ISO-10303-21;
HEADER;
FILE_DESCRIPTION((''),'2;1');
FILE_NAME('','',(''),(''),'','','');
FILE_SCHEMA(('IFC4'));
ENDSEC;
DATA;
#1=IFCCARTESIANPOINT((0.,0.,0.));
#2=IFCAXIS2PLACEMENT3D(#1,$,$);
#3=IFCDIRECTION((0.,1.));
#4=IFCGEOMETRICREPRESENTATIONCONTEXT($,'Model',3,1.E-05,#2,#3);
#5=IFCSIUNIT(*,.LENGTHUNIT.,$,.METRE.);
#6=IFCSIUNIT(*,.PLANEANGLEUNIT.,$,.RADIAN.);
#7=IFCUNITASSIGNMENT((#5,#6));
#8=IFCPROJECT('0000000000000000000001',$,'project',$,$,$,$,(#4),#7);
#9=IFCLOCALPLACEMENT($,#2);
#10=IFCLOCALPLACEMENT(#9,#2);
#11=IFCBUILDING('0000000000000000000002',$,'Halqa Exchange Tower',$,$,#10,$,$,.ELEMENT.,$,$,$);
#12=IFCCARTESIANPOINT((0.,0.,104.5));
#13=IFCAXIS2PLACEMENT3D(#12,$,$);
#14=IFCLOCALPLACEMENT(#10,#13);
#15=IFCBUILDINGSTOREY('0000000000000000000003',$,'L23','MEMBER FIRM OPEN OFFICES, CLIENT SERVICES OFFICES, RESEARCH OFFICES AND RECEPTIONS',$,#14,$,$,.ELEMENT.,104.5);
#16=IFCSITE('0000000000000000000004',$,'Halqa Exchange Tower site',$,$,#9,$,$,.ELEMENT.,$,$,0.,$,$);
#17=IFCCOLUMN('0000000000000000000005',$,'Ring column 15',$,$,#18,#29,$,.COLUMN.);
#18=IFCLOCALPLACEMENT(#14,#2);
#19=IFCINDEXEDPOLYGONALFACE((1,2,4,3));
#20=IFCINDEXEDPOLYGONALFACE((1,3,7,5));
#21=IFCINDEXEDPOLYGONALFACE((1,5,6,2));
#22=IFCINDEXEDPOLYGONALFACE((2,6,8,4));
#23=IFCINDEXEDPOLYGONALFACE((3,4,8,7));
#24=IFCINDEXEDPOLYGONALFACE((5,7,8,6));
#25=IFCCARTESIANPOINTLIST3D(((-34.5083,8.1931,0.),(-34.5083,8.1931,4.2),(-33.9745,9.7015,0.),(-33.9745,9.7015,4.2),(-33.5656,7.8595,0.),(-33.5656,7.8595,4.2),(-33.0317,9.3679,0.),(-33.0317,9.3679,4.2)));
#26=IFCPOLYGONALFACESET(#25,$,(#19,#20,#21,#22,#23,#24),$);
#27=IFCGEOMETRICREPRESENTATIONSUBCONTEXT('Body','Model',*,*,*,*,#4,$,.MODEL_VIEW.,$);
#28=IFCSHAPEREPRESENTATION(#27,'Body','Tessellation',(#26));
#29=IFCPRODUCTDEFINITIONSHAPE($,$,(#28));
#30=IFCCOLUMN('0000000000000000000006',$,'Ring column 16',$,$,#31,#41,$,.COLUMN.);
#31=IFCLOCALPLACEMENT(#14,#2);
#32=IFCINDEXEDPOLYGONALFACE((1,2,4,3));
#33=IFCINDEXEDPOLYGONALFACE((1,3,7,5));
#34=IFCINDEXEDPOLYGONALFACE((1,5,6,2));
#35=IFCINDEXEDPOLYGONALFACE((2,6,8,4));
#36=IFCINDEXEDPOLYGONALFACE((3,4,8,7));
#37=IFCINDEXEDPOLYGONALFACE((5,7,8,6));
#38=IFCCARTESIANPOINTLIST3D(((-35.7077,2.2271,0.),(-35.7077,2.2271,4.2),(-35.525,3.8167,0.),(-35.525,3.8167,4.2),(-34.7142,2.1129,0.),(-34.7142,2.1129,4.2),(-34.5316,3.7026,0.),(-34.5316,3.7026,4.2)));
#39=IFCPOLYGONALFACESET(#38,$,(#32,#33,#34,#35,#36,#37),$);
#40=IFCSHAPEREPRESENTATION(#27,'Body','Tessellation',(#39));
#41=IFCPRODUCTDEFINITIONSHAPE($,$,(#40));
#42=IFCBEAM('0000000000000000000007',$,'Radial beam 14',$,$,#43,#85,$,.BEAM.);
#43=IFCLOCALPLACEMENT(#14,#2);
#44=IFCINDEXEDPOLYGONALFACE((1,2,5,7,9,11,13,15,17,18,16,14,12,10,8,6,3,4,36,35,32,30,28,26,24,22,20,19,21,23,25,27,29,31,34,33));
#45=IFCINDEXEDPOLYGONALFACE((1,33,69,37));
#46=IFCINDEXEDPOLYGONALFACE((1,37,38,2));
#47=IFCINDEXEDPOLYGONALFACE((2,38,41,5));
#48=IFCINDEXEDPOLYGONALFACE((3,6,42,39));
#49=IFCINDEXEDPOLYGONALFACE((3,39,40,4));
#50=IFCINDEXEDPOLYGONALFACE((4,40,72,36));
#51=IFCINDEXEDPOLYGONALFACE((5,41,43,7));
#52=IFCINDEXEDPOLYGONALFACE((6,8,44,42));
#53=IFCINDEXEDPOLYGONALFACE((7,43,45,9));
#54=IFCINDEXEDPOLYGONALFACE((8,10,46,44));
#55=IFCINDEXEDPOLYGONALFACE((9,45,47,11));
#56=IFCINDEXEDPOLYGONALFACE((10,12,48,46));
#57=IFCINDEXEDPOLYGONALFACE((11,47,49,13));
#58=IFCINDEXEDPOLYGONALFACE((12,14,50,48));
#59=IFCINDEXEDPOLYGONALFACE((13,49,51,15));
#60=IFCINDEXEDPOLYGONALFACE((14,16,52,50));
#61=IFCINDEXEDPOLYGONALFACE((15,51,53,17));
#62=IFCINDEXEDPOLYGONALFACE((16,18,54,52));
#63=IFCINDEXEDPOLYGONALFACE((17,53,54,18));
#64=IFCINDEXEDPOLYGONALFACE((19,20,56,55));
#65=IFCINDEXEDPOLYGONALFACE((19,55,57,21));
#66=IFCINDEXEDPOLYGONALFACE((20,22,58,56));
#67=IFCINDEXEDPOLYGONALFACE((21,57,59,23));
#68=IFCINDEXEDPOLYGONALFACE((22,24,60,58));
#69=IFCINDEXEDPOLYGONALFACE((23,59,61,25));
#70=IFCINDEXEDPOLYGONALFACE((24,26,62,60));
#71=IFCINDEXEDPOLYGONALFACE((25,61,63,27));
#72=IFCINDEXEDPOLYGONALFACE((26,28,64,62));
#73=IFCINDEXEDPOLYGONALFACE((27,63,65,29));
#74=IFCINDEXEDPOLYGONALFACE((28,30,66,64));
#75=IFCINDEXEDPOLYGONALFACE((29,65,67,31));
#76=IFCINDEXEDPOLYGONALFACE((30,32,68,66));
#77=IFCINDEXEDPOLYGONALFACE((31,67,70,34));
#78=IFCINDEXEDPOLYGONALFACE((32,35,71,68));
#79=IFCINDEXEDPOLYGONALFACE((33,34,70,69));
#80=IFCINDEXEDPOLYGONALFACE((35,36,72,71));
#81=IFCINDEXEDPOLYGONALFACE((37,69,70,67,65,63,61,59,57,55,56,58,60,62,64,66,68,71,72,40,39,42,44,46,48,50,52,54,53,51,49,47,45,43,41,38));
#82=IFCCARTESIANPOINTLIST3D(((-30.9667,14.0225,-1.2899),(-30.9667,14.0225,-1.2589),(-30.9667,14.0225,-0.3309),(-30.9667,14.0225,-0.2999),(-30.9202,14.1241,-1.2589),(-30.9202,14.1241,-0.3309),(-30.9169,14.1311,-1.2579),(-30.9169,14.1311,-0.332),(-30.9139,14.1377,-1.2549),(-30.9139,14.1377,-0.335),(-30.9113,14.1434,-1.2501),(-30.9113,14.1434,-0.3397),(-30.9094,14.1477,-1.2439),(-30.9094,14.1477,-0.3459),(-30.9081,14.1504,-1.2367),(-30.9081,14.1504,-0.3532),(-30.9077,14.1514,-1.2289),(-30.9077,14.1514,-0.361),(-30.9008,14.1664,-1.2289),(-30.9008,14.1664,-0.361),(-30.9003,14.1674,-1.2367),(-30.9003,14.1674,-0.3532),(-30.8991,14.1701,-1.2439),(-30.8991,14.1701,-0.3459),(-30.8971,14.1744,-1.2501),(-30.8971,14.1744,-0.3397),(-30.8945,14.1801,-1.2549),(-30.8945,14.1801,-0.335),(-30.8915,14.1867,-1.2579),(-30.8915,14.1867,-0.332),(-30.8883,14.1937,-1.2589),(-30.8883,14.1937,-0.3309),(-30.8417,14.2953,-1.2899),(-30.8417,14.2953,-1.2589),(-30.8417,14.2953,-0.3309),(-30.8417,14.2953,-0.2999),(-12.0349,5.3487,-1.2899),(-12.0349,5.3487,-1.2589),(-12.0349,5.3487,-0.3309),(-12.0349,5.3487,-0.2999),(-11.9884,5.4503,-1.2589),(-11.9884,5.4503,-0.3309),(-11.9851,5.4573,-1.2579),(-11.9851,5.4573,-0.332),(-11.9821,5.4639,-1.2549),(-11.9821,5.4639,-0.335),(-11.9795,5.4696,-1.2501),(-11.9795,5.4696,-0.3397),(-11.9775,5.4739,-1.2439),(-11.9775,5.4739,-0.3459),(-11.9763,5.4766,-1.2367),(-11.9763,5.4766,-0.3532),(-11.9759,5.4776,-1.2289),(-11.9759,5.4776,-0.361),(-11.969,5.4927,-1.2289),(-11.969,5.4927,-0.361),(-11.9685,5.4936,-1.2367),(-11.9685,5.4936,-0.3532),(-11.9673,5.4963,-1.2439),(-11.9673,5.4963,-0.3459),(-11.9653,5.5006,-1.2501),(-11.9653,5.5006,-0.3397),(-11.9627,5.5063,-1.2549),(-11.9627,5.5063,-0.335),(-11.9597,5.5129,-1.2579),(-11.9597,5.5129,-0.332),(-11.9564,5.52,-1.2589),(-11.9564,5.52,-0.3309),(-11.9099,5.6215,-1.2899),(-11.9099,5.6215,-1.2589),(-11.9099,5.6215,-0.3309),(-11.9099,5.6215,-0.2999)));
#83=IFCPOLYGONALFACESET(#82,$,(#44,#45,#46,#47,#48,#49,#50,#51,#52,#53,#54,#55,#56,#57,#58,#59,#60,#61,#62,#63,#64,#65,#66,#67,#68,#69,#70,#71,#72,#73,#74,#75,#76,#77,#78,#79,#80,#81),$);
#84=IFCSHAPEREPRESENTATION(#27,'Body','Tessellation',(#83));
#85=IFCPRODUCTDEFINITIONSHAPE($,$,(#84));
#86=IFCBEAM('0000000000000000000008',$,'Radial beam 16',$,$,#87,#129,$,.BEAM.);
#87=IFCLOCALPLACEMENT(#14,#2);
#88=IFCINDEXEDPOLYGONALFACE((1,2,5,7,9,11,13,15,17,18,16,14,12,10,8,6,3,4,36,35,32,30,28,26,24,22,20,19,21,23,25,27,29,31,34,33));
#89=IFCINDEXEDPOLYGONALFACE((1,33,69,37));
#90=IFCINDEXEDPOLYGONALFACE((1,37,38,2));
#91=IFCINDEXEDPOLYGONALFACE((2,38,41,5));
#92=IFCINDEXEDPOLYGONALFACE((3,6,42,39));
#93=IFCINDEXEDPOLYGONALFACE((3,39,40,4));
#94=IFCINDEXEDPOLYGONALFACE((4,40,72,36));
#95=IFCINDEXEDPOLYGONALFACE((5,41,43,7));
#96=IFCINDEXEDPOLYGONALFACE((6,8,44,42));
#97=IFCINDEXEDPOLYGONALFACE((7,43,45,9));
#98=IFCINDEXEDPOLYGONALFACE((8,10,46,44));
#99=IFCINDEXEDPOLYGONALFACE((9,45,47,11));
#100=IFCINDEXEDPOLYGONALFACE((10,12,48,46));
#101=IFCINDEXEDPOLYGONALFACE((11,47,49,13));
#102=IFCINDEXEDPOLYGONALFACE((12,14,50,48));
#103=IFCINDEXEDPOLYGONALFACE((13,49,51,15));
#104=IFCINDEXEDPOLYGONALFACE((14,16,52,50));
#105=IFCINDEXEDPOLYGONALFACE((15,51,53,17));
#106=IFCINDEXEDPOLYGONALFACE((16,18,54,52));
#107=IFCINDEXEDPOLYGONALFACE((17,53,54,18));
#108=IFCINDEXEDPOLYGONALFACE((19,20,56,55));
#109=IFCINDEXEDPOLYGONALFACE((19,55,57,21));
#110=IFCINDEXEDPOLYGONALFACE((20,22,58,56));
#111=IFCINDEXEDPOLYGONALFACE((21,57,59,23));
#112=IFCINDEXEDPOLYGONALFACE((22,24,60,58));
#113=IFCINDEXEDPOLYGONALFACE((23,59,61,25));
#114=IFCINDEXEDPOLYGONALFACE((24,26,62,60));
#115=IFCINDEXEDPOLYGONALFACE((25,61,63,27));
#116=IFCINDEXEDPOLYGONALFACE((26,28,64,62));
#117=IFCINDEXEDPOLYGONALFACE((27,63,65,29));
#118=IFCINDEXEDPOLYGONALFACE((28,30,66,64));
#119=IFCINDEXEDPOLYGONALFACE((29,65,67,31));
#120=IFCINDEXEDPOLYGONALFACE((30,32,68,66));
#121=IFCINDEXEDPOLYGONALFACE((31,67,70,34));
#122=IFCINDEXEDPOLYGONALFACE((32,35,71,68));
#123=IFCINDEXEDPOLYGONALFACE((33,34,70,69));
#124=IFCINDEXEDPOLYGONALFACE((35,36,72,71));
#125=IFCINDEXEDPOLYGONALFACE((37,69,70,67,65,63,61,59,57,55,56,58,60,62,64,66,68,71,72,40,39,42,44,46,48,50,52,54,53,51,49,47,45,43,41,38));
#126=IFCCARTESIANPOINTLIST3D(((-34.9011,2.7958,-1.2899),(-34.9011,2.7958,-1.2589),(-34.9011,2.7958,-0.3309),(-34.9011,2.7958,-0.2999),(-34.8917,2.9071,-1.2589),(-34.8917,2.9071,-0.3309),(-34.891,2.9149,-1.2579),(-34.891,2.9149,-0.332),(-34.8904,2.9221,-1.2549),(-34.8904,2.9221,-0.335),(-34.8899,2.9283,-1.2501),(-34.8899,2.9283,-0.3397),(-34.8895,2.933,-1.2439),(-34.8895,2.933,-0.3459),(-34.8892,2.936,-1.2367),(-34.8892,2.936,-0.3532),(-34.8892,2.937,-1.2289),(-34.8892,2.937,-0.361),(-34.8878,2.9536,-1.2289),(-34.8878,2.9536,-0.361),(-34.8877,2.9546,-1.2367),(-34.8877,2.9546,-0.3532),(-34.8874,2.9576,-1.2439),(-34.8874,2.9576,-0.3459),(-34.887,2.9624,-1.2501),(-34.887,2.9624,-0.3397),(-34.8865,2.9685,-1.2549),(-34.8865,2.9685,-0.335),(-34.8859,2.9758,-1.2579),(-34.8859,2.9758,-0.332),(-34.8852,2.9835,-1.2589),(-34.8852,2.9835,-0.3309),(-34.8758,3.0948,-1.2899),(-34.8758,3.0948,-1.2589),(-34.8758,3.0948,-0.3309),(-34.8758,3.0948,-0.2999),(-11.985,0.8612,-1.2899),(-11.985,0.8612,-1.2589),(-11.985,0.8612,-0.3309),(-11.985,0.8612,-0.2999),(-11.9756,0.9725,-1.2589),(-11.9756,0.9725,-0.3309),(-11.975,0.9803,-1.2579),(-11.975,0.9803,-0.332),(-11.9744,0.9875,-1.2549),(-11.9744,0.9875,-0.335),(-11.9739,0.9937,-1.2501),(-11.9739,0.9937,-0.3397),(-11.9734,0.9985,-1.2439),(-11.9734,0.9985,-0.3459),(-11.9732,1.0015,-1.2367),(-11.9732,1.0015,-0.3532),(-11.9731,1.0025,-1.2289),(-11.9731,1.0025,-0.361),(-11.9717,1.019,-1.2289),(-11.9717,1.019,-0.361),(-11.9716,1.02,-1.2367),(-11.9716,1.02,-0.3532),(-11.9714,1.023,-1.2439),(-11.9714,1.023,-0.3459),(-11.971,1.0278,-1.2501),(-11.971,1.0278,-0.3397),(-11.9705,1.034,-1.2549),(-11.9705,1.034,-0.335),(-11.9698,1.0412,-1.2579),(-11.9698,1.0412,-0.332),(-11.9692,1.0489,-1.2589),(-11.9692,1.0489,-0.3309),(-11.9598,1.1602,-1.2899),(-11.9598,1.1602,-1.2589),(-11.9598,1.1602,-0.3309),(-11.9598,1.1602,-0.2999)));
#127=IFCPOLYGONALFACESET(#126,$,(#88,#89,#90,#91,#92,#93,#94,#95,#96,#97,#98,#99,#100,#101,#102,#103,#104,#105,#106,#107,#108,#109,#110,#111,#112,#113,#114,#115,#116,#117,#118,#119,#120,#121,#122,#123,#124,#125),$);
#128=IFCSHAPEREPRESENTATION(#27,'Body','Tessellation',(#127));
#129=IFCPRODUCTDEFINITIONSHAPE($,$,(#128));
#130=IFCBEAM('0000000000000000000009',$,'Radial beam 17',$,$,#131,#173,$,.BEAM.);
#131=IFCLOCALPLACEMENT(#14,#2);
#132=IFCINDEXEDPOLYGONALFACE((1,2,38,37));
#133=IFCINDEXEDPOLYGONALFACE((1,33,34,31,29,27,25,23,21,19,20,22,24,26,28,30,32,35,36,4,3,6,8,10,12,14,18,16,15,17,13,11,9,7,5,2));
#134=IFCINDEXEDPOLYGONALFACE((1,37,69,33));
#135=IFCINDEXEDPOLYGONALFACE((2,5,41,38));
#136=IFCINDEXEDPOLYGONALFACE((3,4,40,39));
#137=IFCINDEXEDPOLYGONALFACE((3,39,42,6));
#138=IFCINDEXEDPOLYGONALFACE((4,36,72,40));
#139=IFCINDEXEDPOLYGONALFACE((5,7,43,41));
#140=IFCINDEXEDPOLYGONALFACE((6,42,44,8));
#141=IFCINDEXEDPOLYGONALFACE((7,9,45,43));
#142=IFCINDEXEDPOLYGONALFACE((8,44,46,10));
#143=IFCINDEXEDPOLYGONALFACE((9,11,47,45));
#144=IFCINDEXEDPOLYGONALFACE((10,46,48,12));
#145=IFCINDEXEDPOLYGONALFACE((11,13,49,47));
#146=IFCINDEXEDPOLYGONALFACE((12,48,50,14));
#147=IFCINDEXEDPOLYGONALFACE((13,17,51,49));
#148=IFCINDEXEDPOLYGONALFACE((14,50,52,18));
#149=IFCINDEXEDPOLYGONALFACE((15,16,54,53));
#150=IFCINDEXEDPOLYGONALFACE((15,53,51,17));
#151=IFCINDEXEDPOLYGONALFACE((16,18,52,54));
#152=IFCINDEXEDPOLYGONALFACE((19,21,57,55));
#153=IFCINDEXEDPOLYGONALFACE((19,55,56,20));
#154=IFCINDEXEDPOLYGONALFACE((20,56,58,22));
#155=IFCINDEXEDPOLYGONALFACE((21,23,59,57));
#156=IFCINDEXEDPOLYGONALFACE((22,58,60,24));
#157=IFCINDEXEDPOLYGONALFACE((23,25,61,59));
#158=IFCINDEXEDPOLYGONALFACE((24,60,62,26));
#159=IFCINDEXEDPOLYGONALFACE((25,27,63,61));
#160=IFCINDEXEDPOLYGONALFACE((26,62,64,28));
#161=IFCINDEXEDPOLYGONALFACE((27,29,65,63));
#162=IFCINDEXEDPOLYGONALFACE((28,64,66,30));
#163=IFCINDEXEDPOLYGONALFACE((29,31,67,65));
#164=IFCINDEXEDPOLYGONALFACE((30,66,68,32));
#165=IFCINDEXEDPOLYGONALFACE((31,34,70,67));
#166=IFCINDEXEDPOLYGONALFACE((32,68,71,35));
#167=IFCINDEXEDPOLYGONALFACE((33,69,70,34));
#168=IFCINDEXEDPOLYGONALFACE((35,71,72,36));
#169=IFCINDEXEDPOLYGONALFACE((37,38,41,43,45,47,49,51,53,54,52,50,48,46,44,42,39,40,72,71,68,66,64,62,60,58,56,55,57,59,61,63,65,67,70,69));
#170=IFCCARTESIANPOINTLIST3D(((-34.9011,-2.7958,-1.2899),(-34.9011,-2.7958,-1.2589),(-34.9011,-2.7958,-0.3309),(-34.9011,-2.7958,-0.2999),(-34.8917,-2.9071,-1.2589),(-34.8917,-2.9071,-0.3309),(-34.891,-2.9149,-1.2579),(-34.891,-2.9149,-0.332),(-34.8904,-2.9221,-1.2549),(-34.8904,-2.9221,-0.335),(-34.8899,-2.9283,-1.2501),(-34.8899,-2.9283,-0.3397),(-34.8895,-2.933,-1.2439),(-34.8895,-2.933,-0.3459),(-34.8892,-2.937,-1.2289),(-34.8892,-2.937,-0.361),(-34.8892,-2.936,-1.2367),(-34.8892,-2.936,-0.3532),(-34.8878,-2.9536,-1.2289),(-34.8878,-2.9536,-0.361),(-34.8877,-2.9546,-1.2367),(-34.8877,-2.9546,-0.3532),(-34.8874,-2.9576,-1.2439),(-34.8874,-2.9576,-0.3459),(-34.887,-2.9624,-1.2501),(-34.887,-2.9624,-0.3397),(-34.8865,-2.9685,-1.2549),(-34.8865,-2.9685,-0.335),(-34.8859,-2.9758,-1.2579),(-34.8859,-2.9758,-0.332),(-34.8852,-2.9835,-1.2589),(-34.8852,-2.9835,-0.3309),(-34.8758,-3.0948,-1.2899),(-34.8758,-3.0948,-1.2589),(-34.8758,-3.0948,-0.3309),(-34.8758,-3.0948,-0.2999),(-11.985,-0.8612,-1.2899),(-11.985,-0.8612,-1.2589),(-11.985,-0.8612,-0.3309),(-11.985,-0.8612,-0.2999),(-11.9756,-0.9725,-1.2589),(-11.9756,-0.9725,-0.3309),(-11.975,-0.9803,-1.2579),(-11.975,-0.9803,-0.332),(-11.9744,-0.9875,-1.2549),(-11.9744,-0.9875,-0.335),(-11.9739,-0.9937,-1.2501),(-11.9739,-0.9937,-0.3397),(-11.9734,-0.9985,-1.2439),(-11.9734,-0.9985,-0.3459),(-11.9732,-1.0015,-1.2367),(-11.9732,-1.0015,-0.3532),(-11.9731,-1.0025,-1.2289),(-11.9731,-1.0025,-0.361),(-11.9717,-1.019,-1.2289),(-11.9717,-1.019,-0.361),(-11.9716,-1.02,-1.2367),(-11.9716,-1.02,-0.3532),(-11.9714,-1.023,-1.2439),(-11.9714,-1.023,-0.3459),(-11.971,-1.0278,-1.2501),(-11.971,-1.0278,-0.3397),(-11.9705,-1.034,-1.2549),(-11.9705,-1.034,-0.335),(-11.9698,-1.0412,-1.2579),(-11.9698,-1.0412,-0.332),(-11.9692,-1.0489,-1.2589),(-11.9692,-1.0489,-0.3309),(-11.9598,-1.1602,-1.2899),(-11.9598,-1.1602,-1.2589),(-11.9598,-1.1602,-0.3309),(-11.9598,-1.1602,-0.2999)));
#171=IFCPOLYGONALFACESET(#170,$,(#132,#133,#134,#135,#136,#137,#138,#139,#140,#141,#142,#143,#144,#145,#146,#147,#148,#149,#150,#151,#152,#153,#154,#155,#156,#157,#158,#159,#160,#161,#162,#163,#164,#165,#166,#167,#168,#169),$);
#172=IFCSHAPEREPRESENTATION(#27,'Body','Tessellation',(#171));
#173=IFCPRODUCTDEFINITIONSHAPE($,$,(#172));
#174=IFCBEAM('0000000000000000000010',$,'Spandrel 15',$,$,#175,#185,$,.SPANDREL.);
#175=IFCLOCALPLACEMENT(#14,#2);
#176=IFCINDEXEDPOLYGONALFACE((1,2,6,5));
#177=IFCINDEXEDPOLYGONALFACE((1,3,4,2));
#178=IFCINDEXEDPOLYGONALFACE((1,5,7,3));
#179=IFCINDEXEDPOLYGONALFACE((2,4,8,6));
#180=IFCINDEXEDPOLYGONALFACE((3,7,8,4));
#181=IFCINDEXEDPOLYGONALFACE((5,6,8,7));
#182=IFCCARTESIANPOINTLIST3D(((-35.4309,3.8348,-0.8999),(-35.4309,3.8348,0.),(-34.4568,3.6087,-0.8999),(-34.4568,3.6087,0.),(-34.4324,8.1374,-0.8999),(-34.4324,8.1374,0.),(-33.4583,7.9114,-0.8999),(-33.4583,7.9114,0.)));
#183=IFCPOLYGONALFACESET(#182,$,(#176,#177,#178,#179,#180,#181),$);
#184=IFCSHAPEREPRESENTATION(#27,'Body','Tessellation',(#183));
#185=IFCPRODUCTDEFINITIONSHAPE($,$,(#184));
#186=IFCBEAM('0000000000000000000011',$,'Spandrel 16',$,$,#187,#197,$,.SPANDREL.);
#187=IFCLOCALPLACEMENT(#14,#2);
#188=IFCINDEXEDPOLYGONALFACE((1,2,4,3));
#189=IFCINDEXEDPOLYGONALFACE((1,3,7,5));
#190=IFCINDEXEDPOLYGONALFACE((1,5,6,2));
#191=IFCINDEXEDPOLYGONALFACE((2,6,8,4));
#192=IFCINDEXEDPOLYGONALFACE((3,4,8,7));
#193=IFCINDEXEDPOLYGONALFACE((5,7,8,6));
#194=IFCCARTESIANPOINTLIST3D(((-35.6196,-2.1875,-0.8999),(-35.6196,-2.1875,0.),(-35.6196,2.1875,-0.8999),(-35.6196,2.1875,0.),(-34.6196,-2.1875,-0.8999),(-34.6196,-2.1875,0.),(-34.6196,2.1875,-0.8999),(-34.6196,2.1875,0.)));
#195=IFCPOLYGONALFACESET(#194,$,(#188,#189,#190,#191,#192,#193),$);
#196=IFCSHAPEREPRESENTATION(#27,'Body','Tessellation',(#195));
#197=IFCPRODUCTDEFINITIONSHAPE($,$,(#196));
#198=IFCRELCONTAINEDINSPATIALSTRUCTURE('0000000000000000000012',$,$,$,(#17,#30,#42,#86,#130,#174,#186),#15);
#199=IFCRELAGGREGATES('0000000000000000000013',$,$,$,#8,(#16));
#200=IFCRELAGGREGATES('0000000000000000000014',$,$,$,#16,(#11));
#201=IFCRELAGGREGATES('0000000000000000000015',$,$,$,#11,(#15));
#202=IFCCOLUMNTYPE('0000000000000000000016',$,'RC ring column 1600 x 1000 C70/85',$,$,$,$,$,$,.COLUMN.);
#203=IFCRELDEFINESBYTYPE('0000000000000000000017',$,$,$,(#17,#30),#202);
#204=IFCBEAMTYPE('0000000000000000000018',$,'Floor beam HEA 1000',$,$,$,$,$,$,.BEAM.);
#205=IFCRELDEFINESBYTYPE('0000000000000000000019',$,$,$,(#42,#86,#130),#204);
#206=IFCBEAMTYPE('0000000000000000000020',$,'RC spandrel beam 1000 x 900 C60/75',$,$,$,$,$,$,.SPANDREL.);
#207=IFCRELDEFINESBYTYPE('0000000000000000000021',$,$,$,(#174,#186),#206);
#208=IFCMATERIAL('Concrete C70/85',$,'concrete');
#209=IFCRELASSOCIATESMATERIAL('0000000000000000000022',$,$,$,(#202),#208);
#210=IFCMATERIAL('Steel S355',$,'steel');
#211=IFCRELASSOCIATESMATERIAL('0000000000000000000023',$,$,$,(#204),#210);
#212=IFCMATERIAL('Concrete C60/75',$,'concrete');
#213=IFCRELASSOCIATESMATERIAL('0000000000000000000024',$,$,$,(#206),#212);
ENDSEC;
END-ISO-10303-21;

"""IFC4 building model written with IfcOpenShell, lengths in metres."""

from ifc_helpers import new_model, si_unit, direction, frame, origin, origin_2d, place, context, subcontext, project, spatial, rectangle, i_section, extrude, material, material_profile, profile_set, type_object, element, save


model = new_model("IFC4")

# Units and contexts
model_context = context("Model", 3, precision=1e-05, world=origin(), true_north=direction((0.0, 1.0)))
body_context = subcontext(model_context, "Body", "Model", "MODEL_VIEW")
ifc_project = project(units=[si_unit("LENGTHUNIT", "METRE"), si_unit("PLANEANGLEUNIT", "RADIAN")], contexts=[model_context])

# Site, building, storey
site_placement = place(None, origin())
site = spatial("IfcSite", under=ifc_project, at=site_placement, Name="Halqa Exchange Tower site", CompositionType="ELEMENT", RefElevation=0.0)
building_placement = place(site_placement, origin())
building = spatial("IfcBuilding", under=site, at=building_placement, Name="Halqa Exchange Tower", CompositionType="ELEMENT")
storey_placement = place(building_placement, frame((0.0, 0.0, 104.5)))
storey = spatial("IfcBuildingStorey", under=building, at=storey_placement, Name="L23", Description="MEMBER FIRM OPEN OFFICES, CLIENT SERVICES OFFICES, RESEARCH OFFICES AND RECEPTIONS", CompositionType="ELEMENT", Elevation=104.5)

# Columns
ifc_material_1 = material(Name="Concrete C70/85", Category="concrete")
ifc_material_profile_1 = material_profile(ifc_material_1, rectangle(XDim=1.6001, YDim=1.0, at=origin_2d()), Name="1600 x 1000")
ifc_profile_set_1 = profile_set([ifc_material_profile_1], Name="Concrete C70/85")
column_type = type_object("IfcColumnType", Name="RC ring column 1600 x 1000 C70/85", PredefinedType="COLUMN", material=ifc_profile_set_1)
for number, where, z_axis, x_axis, name in (
    (1, (-33.77, 8.7805, 0.0), (0.0, 0.0, 1.0), (-0.333626, -0.942706, 0.0), "Ring column 15"),
    (2, (-35.1196, 2.9648, 0.0), (0.0, 0.0, 1.0), (-0.114162, -0.993462, 0.0), "Ring column 16"),
):
    element("IfcColumn", number, at=place(storey_placement, frame(where, z_axis=z_axis, x_axis=x_axis)), inside=storey, type_object=column_type, Name=name, PredefinedType="COLUMN", context=body_context, shape_type="SweptSolid", body=[
        extrude(rectangle(XDim=1.6001, YDim=1.0, at=origin_2d()), origin(), (0.0, 0.0, 1.0), 4.2),
    ])

# Beams
ifc_material_2 = material(Name="Steel S355", Category="steel")
ifc_material_profile_2 = material_profile(ifc_material_2, i_section(OverallWidth=0.3, OverallDepth=0.99, WebThickness=0.0166, FlangeThickness=0.031, FilletRadius=0.03, at=origin_2d()), Name="HEA 1000")
ifc_profile_set_2 = profile_set([ifc_material_profile_2], Name="Steel S355")
beam_type_1 = type_object("IfcBeamType", Name="Floor beam HEA 1000", PredefinedType="BEAM", material=ifc_profile_set_2)
beam_1_placement = place(storey_placement, frame((-11.9724, 5.4851, -0.7949), z_axis=(-0.909125, 0.416524, 0.0), x_axis=(-0.416524, -0.909125, 0.0)))
element("IfcBeam", 3, at=beam_1_placement, inside=storey, type_object=beam_type_1, Name="Radial beam 14", PredefinedType="BEAM", context=body_context, shape_type="SweptSolid", body=[
    extrude(i_section(OverallWidth=0.3, OverallDepth=0.99, WebThickness=0.0166, FlangeThickness=0.031, FilletRadius=0.03, at=origin_2d()), origin(), (0.0, 0.0, 1.0), 20.8242),
])
for number, where, z_axis, x_axis, name in (
    (4, (-11.9724, 1.0107, -0.7949), (-0.996456, 0.084121, 0.0), (-0.084121, -0.996456, 0.0), "Radial beam 16"),
    (5, (-11.9724, -1.0107, -0.7949), (-0.996456, -0.084121, 0.0), (0.084121, -0.996456, 0.0), "Radial beam 17"),
):
    element("IfcBeam", number, at=place(storey_placement, frame(where, z_axis=z_axis, x_axis=x_axis)), inside=storey, type_object=beam_type_1, Name=name, PredefinedType="BEAM", context=body_context, shape_type="SweptSolid", body=[
        extrude(i_section(OverallWidth=0.3, OverallDepth=0.99, WebThickness=0.0166, FlangeThickness=0.031, FilletRadius=0.03, at=origin_2d()), origin(), (0.0, 0.0, 1.0), 22.9976),
    ])
ifc_material_3 = material(Name="Concrete C60/75", Category="concrete")
ifc_material_profile_3 = material_profile(ifc_material_3, rectangle(XDim=1.0, YDim=0.8999, at=origin_2d()), Name="1000 x 900")
ifc_profile_set_3 = profile_set([ifc_material_profile_3], Name="Concrete C60/75")
beam_type_2 = type_object("IfcBeamType", Name="RC spandrel beam 1000 x 900 C60/75", PredefinedType="SPANDREL", material=ifc_profile_set_3)
beam_2_placement = place(storey_placement, frame((-33.9453, 8.0244, -0.45), z_axis=(-0.226062, -0.974113, 0.0), x_axis=(0.974113, -0.226062, 0.0)))
element("IfcBeam", 6, at=beam_2_placement, inside=storey, type_object=beam_type_2, Name="Spandrel 15", PredefinedType="SPANDREL", context=body_context, shape_type="SweptSolid", body=[
    extrude(rectangle(XDim=1.0, YDim=0.8999, at=origin_2d()), origin(), (0.0, 0.0, 1.0), 4.417),
])
beam_3_placement = place(storey_placement, frame((-35.1196, 2.1875, -0.45), z_axis=(0.0, -1.0, 0.0), x_axis=(1.0, 0.0, 0.0)))
element("IfcBeam", 7, at=beam_3_placement, inside=storey, type_object=beam_type_2, Name="Spandrel 16", PredefinedType="SPANDREL", context=body_context, shape_type="SweptSolid", body=[
    extrude(rectangle(XDim=1.0, YDim=0.8999, at=origin_2d()), origin(), (0.0, 0.0, 1.0), 4.375),
])

save(model, "model.ifc")
